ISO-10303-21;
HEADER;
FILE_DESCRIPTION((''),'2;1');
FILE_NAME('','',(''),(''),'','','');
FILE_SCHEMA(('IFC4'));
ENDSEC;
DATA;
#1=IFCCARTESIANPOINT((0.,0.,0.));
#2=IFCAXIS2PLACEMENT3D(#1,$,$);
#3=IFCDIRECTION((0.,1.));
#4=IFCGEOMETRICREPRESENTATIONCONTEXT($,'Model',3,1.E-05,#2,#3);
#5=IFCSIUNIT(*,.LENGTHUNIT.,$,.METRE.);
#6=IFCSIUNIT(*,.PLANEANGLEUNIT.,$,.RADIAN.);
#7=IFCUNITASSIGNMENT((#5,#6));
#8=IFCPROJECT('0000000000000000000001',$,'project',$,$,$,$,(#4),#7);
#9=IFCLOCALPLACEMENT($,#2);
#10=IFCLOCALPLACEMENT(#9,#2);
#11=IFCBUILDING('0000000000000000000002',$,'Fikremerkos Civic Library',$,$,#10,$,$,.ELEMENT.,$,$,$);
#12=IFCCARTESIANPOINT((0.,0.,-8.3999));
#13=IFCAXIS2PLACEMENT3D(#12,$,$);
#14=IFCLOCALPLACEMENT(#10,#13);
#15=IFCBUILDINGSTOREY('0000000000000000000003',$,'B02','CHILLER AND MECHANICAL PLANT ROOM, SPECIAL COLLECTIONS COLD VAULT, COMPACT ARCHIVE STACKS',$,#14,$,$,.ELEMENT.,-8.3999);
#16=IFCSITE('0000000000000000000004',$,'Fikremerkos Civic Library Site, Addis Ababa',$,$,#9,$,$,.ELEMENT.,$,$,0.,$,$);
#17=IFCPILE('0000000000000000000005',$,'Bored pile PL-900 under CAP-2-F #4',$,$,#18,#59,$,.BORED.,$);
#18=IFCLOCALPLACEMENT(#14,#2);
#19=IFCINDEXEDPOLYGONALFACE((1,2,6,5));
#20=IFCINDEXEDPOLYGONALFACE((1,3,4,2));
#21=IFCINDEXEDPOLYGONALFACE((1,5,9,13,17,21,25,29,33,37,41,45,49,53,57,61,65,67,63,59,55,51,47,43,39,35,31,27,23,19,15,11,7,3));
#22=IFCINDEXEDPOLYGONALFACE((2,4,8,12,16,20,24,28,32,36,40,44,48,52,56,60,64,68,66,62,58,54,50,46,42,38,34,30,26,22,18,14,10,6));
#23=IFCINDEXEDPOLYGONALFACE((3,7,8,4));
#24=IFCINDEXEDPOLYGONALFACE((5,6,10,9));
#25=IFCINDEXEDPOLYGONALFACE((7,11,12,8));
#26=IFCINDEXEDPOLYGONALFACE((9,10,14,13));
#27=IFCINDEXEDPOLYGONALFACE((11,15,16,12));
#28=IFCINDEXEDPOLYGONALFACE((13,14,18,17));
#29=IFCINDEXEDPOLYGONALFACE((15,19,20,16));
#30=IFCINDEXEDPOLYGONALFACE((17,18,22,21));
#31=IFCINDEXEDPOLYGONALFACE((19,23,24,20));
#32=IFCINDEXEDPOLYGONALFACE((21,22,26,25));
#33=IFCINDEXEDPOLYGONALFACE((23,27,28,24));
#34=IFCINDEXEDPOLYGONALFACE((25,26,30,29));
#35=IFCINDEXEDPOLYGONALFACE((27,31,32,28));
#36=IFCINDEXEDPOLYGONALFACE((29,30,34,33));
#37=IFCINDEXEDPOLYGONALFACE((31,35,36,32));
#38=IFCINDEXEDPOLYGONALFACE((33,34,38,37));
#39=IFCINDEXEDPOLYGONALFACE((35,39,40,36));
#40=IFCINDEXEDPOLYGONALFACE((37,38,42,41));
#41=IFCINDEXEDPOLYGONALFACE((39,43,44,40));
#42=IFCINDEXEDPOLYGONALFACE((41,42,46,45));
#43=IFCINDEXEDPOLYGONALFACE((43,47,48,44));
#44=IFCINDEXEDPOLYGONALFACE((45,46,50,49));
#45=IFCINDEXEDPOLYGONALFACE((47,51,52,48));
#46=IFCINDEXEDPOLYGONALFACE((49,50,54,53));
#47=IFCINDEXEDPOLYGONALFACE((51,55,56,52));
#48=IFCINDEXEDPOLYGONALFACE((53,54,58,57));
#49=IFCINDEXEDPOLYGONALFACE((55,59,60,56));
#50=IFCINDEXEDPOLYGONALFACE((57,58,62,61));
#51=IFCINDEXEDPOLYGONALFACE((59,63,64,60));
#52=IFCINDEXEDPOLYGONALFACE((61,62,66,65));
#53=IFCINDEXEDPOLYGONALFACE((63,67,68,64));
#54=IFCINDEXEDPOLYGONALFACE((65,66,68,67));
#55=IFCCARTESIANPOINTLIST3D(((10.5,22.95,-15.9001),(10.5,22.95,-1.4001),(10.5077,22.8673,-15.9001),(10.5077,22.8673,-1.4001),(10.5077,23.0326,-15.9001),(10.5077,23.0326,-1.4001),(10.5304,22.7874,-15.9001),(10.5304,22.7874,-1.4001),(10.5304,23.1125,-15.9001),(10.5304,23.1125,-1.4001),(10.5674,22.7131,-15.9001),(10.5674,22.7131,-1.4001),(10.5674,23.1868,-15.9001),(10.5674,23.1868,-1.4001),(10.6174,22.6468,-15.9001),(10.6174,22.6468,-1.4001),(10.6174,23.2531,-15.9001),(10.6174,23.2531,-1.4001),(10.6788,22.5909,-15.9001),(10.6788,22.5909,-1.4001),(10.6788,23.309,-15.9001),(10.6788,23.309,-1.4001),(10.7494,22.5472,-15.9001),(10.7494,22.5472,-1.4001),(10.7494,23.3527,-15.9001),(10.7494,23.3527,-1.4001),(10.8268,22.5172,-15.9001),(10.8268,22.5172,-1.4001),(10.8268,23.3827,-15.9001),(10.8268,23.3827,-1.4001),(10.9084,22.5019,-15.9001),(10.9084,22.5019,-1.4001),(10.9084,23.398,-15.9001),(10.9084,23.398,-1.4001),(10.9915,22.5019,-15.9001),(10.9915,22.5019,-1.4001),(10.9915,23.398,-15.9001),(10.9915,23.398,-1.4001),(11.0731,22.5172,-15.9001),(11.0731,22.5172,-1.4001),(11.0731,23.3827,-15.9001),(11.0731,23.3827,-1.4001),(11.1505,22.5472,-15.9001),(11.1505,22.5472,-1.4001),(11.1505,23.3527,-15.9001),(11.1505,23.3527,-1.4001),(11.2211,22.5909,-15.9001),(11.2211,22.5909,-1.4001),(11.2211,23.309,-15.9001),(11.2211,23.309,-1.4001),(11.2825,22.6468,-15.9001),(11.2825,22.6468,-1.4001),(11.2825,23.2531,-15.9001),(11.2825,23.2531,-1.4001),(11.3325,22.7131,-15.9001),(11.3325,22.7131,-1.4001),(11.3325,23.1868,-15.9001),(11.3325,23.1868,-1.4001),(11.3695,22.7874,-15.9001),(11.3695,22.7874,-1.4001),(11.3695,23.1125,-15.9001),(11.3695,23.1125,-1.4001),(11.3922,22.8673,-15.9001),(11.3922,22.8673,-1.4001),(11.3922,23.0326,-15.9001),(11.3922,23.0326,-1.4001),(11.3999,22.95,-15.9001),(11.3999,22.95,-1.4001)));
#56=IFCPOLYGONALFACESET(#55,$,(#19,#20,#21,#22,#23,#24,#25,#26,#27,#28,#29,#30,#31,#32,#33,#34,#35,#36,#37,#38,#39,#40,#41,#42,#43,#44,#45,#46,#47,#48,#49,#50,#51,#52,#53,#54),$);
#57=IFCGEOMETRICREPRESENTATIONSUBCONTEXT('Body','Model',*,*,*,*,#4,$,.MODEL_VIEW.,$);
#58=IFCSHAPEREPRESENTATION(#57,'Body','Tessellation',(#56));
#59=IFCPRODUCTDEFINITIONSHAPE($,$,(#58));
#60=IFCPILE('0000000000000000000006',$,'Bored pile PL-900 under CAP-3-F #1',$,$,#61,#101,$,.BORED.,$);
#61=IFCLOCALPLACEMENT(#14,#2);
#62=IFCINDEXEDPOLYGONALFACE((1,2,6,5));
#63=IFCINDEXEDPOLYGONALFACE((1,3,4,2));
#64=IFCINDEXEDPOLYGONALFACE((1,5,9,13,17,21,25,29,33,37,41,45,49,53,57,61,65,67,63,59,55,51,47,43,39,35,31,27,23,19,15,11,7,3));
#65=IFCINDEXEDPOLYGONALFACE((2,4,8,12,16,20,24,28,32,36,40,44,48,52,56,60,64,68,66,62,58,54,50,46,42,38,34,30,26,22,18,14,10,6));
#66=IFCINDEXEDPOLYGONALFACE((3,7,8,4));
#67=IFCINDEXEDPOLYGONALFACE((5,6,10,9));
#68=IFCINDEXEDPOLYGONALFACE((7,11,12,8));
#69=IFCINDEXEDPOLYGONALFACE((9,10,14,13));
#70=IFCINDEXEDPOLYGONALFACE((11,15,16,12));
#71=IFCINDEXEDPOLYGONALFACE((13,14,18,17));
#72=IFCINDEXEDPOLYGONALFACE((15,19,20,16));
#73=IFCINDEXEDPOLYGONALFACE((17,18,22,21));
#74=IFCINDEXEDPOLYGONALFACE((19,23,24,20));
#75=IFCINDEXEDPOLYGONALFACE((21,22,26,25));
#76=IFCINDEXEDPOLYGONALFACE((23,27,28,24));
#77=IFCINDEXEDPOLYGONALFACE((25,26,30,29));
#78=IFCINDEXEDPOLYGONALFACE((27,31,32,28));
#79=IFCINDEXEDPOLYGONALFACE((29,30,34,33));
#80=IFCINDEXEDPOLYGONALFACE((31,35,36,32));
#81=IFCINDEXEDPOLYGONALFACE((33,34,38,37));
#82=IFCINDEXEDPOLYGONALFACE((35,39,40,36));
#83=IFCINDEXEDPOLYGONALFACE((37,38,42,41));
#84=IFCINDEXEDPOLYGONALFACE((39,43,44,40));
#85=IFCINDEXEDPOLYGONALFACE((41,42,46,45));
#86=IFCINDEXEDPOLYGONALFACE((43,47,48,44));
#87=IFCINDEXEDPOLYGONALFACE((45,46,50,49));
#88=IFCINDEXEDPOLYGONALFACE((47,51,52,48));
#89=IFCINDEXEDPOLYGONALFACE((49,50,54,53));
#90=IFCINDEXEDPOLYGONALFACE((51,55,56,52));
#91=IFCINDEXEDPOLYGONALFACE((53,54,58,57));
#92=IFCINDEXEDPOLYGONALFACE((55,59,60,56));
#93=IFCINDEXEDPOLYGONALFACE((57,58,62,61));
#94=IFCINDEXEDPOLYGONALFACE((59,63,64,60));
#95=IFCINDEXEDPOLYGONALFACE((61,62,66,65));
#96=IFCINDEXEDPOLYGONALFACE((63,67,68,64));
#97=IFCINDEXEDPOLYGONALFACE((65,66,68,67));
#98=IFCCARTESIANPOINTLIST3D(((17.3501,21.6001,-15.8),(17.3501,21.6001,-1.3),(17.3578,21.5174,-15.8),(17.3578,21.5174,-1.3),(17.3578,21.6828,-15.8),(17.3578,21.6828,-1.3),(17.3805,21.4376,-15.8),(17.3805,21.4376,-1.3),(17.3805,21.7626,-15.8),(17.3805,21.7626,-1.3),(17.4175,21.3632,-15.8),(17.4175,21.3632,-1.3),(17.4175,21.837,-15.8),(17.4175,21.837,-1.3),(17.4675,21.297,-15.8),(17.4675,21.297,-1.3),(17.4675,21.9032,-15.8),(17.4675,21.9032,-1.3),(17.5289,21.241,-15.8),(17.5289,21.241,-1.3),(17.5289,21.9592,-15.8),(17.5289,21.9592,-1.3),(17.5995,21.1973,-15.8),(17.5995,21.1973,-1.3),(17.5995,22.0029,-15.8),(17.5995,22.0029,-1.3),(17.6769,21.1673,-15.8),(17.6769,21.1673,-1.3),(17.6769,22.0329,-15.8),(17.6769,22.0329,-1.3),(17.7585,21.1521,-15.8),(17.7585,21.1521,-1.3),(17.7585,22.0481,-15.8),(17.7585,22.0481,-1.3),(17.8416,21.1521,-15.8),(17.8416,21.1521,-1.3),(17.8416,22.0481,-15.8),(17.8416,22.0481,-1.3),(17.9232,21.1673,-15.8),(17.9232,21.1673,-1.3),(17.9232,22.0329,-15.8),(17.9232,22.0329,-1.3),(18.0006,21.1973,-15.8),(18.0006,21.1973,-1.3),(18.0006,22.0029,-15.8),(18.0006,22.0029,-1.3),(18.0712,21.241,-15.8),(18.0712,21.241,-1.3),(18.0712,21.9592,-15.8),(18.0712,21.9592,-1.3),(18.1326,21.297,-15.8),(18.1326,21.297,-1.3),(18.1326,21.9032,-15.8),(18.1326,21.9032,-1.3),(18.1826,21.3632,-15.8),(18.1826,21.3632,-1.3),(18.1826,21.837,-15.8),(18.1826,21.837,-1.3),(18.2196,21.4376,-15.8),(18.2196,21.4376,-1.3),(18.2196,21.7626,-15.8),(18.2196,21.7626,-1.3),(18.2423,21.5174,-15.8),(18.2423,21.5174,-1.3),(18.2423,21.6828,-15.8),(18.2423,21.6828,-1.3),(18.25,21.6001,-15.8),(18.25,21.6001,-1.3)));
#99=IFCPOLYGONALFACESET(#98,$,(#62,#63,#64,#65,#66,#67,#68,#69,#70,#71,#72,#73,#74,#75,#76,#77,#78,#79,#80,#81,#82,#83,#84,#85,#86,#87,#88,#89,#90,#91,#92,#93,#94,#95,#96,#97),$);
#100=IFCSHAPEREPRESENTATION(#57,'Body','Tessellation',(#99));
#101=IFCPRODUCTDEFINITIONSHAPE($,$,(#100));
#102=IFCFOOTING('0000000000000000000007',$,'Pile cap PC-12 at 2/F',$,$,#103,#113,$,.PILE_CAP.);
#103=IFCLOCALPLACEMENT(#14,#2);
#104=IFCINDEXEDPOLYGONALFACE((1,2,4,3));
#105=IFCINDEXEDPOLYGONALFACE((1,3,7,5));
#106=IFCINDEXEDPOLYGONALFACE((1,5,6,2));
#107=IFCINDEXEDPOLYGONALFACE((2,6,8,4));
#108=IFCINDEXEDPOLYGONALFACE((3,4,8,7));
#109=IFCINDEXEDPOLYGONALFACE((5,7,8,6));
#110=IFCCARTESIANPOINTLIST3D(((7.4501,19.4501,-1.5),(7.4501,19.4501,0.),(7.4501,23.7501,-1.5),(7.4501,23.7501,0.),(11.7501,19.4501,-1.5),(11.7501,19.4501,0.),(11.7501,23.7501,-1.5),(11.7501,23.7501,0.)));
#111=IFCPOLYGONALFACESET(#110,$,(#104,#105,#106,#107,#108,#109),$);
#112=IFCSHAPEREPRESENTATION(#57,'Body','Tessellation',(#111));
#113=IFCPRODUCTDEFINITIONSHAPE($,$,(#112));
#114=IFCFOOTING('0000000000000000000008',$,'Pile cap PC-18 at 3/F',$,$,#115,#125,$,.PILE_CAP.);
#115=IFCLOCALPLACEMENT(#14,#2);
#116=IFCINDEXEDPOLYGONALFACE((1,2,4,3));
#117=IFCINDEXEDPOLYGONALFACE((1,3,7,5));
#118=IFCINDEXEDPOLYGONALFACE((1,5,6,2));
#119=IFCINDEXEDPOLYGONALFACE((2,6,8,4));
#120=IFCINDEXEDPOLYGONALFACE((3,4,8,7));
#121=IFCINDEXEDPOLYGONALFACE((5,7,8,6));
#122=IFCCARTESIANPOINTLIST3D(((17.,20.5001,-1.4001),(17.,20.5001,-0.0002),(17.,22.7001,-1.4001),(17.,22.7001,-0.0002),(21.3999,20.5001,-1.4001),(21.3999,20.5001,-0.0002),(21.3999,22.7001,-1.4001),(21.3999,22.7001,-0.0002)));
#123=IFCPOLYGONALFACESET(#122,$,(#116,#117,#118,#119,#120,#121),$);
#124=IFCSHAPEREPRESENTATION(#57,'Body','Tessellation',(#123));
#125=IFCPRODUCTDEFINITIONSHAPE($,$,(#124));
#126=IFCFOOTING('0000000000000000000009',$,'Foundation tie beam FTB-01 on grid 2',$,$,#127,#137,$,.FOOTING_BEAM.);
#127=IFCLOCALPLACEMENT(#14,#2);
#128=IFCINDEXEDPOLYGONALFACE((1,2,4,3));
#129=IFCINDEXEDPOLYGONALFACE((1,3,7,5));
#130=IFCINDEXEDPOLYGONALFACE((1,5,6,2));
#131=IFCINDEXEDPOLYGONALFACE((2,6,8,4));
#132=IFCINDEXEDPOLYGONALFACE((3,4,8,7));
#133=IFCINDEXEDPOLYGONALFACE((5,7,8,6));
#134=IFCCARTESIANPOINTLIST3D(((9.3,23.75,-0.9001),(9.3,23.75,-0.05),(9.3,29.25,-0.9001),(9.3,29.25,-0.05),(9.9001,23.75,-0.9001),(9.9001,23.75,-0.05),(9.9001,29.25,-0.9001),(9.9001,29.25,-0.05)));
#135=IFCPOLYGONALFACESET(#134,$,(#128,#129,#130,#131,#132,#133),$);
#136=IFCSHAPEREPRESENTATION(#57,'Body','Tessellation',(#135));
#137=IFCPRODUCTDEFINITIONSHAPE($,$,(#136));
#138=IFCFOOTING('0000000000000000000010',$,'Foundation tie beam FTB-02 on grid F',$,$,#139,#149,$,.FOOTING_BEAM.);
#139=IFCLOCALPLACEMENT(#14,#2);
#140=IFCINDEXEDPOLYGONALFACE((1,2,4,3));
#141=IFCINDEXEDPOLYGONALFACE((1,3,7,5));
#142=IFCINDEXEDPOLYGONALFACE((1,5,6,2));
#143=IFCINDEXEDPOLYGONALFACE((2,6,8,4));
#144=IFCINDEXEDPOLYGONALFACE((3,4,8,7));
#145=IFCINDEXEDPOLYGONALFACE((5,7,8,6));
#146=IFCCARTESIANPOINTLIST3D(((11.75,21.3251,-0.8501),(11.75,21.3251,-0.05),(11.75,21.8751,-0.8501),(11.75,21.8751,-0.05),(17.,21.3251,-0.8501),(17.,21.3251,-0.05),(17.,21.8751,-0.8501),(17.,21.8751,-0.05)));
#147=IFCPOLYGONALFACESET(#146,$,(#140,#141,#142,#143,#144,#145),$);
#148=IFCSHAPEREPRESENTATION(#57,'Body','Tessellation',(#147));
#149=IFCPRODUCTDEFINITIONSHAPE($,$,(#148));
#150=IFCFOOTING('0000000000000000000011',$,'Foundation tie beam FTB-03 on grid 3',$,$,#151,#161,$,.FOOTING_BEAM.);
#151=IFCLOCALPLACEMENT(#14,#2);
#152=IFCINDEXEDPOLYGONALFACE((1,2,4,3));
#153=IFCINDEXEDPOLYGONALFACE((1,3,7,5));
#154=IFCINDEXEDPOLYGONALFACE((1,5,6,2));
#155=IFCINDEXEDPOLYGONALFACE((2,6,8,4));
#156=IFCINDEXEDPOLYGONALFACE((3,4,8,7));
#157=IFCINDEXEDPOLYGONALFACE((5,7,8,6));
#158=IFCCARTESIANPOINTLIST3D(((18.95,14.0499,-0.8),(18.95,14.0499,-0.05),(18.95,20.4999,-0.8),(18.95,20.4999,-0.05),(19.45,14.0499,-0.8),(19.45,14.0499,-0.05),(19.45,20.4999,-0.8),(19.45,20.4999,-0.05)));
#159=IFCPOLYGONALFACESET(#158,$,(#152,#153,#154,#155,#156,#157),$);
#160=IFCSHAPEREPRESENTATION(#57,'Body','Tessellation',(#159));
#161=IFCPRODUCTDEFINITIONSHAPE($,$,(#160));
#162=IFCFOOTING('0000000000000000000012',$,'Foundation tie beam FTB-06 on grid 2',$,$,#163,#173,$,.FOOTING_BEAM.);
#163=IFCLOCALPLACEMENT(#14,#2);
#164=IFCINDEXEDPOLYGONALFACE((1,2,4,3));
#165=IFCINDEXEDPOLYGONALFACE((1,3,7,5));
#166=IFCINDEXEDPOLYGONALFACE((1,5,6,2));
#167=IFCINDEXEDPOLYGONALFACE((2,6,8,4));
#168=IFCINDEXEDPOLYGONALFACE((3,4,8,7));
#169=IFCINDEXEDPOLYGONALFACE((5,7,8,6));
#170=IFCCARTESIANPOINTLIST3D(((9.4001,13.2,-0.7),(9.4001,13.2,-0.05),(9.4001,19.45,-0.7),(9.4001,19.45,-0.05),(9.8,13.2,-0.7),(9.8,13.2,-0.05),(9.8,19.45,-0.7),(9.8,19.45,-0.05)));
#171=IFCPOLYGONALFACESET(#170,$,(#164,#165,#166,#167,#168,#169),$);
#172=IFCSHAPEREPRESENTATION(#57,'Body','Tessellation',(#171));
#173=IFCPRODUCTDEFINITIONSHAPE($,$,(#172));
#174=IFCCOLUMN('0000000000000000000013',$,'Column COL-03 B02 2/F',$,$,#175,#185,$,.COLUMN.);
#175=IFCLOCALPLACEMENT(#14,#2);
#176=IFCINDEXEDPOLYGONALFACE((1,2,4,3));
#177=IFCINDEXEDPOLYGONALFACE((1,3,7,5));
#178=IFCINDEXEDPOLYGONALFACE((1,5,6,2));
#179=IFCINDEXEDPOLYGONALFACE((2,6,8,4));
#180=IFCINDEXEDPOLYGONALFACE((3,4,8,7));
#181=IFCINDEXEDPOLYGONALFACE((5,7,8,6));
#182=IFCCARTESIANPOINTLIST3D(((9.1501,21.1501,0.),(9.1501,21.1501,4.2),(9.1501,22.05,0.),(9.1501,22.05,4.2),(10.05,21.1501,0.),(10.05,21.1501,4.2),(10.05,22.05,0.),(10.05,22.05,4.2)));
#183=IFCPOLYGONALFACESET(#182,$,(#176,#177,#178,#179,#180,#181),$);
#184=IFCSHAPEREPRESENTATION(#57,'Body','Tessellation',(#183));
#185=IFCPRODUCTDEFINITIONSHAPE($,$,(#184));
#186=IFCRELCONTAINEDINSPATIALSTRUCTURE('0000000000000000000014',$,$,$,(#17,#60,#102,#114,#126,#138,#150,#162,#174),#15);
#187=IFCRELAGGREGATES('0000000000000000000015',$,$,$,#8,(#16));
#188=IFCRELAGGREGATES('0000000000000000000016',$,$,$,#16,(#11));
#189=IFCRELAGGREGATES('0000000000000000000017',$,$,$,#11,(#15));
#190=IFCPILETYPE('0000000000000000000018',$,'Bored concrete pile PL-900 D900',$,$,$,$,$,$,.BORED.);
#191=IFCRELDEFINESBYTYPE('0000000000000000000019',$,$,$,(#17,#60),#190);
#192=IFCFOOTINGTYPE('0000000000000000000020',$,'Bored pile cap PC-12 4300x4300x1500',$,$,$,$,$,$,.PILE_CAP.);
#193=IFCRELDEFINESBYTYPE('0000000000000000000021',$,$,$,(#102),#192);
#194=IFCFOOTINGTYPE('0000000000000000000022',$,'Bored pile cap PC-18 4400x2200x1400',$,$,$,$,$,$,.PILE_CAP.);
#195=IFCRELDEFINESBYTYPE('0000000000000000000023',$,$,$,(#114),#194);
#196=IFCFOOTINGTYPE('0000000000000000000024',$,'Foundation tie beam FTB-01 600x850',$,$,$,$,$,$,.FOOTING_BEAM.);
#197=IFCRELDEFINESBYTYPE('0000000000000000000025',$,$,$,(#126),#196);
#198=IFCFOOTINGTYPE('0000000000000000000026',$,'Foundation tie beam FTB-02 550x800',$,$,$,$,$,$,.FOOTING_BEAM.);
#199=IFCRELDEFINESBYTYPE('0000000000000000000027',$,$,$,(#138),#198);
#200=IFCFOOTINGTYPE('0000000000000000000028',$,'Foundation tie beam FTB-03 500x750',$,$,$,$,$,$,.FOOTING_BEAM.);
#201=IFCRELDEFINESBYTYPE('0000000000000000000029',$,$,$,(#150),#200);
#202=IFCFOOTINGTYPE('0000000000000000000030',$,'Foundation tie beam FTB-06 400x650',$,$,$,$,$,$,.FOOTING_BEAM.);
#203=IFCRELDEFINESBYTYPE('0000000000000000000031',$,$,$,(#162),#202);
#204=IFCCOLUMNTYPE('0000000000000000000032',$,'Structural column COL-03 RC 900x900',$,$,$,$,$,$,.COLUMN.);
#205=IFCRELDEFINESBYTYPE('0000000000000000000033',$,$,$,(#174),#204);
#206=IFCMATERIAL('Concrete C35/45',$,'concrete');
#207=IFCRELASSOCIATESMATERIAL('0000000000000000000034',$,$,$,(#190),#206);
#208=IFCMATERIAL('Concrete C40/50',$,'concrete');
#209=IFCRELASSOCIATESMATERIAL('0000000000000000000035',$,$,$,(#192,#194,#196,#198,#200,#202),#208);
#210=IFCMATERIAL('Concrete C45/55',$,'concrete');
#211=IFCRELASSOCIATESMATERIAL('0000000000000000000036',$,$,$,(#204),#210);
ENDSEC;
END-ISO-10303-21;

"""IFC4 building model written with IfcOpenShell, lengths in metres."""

from ifc_helpers import new_model, si_unit, direction, frame, origin, origin_2d, place, context, subcontext, project, spatial, rectangle, circle, extrude, material, material_profile, profile_set, type_object, element, save


model = new_model("IFC4")

# Units and contexts
model_context = context("Model", 3, precision=1e-05, world=origin(), true_north=direction((0.0, 1.0)))
body_context = subcontext(model_context, "Body", "Model", "MODEL_VIEW")
ifc_project = project(units=[si_unit("LENGTHUNIT", "METRE"), si_unit("PLANEANGLEUNIT", "RADIAN")], contexts=[model_context])

# Site, building, storey
site_placement = place(None, origin())
site = spatial("IfcSite", under=ifc_project, at=site_placement, Name="Fikremerkos Civic Library Site, Addis Ababa", CompositionType="ELEMENT", RefElevation=0.0)
building_placement = place(site_placement, origin())
building = spatial("IfcBuilding", under=site, at=building_placement, Name="Fikremerkos Civic Library", CompositionType="ELEMENT")
storey_placement = place(building_placement, frame((0.0, 0.0, -8.3999)))
storey = spatial("IfcBuildingStorey", under=building, at=storey_placement, Name="B02", Description="CHILLER AND MECHANICAL PLANT ROOM, SPECIAL COLLECTIONS COLD VAULT, COMPACT ARCHIVE STACKS", CompositionType="ELEMENT", Elevation=-8.3999)

# Piles
ifc_material_1 = material(Name="Concrete C35/45", Category="concrete")
ifc_material_profile_1 = material_profile(ifc_material_1, circle(Radius=0.45, at=origin_2d()), Name="BORED PILE 900")
ifc_profile_set_1 = profile_set([ifc_material_profile_1], Name="Concrete C35/45")
pile_type_1 = type_object("IfcPileType", Name="Bored concrete pile PL-900 D900", PredefinedType="BORED", material=ifc_profile_set_1)
for number, where, z_axis, x_axis, name in (
    (1, (10.95, 22.95, -1.4001), (0.0, 0.0, -1.0), (1.0, 0.0, 0.0), "Bored pile PL-900 under CAP-2-F #4"),
    (2, (17.8, 21.6001, -1.3), (0.0, 0.0, -1.0), (1.0, 0.0, 0.0), "Bored pile PL-900 under CAP-3-F #1"),
):
    element("IfcPile", number, at=place(storey_placement, frame(where, z_axis=z_axis, x_axis=x_axis)), inside=storey, type_object=pile_type_1, Name=name, PredefinedType="BORED", context=body_context, shape_type="SweptSolid", body=[
        extrude(circle(Radius=0.45, at=origin_2d()), origin(), (0.0, 0.0, 1.0), 14.5),
    ])

# Footings
ifc_material_2 = material(Name="Concrete C40/50", Category="concrete")
footing_type_1 = type_object("IfcFootingType", Name="Bored pile cap PC-12 4300x4300x1500", PredefinedType="PILE_CAP", material=ifc_material_2)
footing_1_placement = place(storey_placement, frame((9.6001, 21.6001, -1.5), z_axis=(0.0, 0.0, 1.0), x_axis=(1.0, 0.0, 0.0)))
element("IfcFooting", 3, at=footing_1_placement, inside=storey, type_object=footing_type_1, Name="Pile cap PC-12 at 2/F", PredefinedType="PILE_CAP", context=body_context, shape_type="SweptSolid", body=[
    extrude(rectangle(XDim=4.3, YDim=4.3, at=origin_2d()), origin(), (0.0, 0.0, 1.0), 1.5),
])
footing_type_2 = type_object("IfcFootingType", Name="Bored pile cap PC-18 4400x2200x1400", PredefinedType="PILE_CAP", material=ifc_material_2)
footing_2_placement = place(storey_placement, frame((19.2, 21.6001, -1.4001), z_axis=(0.0, 0.0, 1.0), x_axis=(1.0, 0.0, 0.0)))
element("IfcFooting", 4, at=footing_2_placement, inside=storey, type_object=footing_type_2, Name="Pile cap PC-18 at 3/F", PredefinedType="PILE_CAP", context=body_context, shape_type="SweptSolid", body=[
    extrude(rectangle(XDim=4.3999, YDim=2.2, at=origin_2d()), origin(), (0.0, 0.0, 1.0), 1.3999),
])
footing_type_3 = type_object("IfcFootingType", Name="Foundation tie beam FTB-01 600x850", PredefinedType="FOOTING_BEAM", material=ifc_material_2)
footing_3_placement = place(storey_placement, frame((9.6001, 26.5, -0.9001), z_axis=(0.0, 0.0, 1.0), x_axis=(0.0, 1.0, 0.0)))
element("IfcFooting", 5, at=footing_3_placement, inside=storey, type_object=footing_type_3, Name="Foundation tie beam FTB-01 on grid 2", PredefinedType="FOOTING_BEAM", context=body_context, shape_type="SweptSolid", body=[
    extrude(rectangle(XDim=5.5, YDim=0.6001, at=origin_2d()), origin(), (0.0, 0.0, 1.0), 0.8501),
])
footing_type_4 = type_object("IfcFootingType", Name="Foundation tie beam FTB-02 550x800", PredefinedType="FOOTING_BEAM", material=ifc_material_2)
footing_4_placement = place(storey_placement, frame((14.375, 21.6001, -0.8501), z_axis=(0.0, 0.0, 1.0), x_axis=(1.0, 0.0, 0.0)))
element("IfcFooting", 6, at=footing_4_placement, inside=storey, type_object=footing_type_4, Name="Foundation tie beam FTB-02 on grid F", PredefinedType="FOOTING_BEAM", context=body_context, shape_type="SweptSolid", body=[
    extrude(rectangle(XDim=5.25, YDim=0.55, at=origin_2d()), origin(), (0.0, 0.0, 1.0), 0.8),
])
footing_type_5 = type_object("IfcFootingType", Name="Foundation tie beam FTB-03 500x750", PredefinedType="FOOTING_BEAM", material=ifc_material_2)
footing_5_placement = place(storey_placement, frame((19.2, 17.2749, -0.8), z_axis=(0.0, 0.0, 1.0), x_axis=(0.0, 1.0, 0.0)))
element("IfcFooting", 7, at=footing_5_placement, inside=storey, type_object=footing_type_5, Name="Foundation tie beam FTB-03 on grid 3", PredefinedType="FOOTING_BEAM", context=body_context, shape_type="SweptSolid", body=[
    extrude(rectangle(XDim=6.45, YDim=0.5, at=origin_2d()), origin(), (0.0, 0.0, 1.0), 0.75),
])
footing_type_6 = type_object("IfcFootingType", Name="Foundation tie beam FTB-06 400x650", PredefinedType="FOOTING_BEAM", material=ifc_material_2)
footing_6_placement = place(storey_placement, frame((9.6001, 16.325, -0.7), z_axis=(0.0, 0.0, 1.0), x_axis=(0.0, 1.0, 0.0)))
element("IfcFooting", 8, at=footing_6_placement, inside=storey, type_object=footing_type_6, Name="Foundation tie beam FTB-06 on grid 2", PredefinedType="FOOTING_BEAM", context=body_context, shape_type="SweptSolid", body=[
    extrude(rectangle(XDim=6.25, YDim=0.3999, at=origin_2d()), origin(), (0.0, 0.0, 1.0), 0.6499),
])

# Column
ifc_material_3 = material(Name="Concrete C45/55", Category="concrete")
ifc_material_profile_2 = material_profile(ifc_material_3, rectangle(XDim=0.8999, YDim=0.8999, at=origin_2d()), Name="RC 900x900")
ifc_profile_set_2 = profile_set([ifc_material_profile_2], Name="Concrete C45/55")
column_type = type_object("IfcColumnType", Name="Structural column COL-03 RC 900x900", PredefinedType="COLUMN", material=ifc_profile_set_2)
column_placement = place(storey_placement, frame((9.6001, 21.6001, 0.0), z_axis=(0.0, 0.0, 1.0), x_axis=(1.0, 0.0, 0.0)))
element("IfcColumn", 9, at=column_placement, inside=storey, type_object=column_type, Name="Column COL-03 B02 2/F", PredefinedType="COLUMN", context=body_context, shape_type="SweptSolid", body=[
    extrude(rectangle(XDim=0.8999, YDim=0.8999, at=origin_2d()), origin(), (0.0, 0.0, 1.0), 4.2),
])

save(model, "model.ifc")
